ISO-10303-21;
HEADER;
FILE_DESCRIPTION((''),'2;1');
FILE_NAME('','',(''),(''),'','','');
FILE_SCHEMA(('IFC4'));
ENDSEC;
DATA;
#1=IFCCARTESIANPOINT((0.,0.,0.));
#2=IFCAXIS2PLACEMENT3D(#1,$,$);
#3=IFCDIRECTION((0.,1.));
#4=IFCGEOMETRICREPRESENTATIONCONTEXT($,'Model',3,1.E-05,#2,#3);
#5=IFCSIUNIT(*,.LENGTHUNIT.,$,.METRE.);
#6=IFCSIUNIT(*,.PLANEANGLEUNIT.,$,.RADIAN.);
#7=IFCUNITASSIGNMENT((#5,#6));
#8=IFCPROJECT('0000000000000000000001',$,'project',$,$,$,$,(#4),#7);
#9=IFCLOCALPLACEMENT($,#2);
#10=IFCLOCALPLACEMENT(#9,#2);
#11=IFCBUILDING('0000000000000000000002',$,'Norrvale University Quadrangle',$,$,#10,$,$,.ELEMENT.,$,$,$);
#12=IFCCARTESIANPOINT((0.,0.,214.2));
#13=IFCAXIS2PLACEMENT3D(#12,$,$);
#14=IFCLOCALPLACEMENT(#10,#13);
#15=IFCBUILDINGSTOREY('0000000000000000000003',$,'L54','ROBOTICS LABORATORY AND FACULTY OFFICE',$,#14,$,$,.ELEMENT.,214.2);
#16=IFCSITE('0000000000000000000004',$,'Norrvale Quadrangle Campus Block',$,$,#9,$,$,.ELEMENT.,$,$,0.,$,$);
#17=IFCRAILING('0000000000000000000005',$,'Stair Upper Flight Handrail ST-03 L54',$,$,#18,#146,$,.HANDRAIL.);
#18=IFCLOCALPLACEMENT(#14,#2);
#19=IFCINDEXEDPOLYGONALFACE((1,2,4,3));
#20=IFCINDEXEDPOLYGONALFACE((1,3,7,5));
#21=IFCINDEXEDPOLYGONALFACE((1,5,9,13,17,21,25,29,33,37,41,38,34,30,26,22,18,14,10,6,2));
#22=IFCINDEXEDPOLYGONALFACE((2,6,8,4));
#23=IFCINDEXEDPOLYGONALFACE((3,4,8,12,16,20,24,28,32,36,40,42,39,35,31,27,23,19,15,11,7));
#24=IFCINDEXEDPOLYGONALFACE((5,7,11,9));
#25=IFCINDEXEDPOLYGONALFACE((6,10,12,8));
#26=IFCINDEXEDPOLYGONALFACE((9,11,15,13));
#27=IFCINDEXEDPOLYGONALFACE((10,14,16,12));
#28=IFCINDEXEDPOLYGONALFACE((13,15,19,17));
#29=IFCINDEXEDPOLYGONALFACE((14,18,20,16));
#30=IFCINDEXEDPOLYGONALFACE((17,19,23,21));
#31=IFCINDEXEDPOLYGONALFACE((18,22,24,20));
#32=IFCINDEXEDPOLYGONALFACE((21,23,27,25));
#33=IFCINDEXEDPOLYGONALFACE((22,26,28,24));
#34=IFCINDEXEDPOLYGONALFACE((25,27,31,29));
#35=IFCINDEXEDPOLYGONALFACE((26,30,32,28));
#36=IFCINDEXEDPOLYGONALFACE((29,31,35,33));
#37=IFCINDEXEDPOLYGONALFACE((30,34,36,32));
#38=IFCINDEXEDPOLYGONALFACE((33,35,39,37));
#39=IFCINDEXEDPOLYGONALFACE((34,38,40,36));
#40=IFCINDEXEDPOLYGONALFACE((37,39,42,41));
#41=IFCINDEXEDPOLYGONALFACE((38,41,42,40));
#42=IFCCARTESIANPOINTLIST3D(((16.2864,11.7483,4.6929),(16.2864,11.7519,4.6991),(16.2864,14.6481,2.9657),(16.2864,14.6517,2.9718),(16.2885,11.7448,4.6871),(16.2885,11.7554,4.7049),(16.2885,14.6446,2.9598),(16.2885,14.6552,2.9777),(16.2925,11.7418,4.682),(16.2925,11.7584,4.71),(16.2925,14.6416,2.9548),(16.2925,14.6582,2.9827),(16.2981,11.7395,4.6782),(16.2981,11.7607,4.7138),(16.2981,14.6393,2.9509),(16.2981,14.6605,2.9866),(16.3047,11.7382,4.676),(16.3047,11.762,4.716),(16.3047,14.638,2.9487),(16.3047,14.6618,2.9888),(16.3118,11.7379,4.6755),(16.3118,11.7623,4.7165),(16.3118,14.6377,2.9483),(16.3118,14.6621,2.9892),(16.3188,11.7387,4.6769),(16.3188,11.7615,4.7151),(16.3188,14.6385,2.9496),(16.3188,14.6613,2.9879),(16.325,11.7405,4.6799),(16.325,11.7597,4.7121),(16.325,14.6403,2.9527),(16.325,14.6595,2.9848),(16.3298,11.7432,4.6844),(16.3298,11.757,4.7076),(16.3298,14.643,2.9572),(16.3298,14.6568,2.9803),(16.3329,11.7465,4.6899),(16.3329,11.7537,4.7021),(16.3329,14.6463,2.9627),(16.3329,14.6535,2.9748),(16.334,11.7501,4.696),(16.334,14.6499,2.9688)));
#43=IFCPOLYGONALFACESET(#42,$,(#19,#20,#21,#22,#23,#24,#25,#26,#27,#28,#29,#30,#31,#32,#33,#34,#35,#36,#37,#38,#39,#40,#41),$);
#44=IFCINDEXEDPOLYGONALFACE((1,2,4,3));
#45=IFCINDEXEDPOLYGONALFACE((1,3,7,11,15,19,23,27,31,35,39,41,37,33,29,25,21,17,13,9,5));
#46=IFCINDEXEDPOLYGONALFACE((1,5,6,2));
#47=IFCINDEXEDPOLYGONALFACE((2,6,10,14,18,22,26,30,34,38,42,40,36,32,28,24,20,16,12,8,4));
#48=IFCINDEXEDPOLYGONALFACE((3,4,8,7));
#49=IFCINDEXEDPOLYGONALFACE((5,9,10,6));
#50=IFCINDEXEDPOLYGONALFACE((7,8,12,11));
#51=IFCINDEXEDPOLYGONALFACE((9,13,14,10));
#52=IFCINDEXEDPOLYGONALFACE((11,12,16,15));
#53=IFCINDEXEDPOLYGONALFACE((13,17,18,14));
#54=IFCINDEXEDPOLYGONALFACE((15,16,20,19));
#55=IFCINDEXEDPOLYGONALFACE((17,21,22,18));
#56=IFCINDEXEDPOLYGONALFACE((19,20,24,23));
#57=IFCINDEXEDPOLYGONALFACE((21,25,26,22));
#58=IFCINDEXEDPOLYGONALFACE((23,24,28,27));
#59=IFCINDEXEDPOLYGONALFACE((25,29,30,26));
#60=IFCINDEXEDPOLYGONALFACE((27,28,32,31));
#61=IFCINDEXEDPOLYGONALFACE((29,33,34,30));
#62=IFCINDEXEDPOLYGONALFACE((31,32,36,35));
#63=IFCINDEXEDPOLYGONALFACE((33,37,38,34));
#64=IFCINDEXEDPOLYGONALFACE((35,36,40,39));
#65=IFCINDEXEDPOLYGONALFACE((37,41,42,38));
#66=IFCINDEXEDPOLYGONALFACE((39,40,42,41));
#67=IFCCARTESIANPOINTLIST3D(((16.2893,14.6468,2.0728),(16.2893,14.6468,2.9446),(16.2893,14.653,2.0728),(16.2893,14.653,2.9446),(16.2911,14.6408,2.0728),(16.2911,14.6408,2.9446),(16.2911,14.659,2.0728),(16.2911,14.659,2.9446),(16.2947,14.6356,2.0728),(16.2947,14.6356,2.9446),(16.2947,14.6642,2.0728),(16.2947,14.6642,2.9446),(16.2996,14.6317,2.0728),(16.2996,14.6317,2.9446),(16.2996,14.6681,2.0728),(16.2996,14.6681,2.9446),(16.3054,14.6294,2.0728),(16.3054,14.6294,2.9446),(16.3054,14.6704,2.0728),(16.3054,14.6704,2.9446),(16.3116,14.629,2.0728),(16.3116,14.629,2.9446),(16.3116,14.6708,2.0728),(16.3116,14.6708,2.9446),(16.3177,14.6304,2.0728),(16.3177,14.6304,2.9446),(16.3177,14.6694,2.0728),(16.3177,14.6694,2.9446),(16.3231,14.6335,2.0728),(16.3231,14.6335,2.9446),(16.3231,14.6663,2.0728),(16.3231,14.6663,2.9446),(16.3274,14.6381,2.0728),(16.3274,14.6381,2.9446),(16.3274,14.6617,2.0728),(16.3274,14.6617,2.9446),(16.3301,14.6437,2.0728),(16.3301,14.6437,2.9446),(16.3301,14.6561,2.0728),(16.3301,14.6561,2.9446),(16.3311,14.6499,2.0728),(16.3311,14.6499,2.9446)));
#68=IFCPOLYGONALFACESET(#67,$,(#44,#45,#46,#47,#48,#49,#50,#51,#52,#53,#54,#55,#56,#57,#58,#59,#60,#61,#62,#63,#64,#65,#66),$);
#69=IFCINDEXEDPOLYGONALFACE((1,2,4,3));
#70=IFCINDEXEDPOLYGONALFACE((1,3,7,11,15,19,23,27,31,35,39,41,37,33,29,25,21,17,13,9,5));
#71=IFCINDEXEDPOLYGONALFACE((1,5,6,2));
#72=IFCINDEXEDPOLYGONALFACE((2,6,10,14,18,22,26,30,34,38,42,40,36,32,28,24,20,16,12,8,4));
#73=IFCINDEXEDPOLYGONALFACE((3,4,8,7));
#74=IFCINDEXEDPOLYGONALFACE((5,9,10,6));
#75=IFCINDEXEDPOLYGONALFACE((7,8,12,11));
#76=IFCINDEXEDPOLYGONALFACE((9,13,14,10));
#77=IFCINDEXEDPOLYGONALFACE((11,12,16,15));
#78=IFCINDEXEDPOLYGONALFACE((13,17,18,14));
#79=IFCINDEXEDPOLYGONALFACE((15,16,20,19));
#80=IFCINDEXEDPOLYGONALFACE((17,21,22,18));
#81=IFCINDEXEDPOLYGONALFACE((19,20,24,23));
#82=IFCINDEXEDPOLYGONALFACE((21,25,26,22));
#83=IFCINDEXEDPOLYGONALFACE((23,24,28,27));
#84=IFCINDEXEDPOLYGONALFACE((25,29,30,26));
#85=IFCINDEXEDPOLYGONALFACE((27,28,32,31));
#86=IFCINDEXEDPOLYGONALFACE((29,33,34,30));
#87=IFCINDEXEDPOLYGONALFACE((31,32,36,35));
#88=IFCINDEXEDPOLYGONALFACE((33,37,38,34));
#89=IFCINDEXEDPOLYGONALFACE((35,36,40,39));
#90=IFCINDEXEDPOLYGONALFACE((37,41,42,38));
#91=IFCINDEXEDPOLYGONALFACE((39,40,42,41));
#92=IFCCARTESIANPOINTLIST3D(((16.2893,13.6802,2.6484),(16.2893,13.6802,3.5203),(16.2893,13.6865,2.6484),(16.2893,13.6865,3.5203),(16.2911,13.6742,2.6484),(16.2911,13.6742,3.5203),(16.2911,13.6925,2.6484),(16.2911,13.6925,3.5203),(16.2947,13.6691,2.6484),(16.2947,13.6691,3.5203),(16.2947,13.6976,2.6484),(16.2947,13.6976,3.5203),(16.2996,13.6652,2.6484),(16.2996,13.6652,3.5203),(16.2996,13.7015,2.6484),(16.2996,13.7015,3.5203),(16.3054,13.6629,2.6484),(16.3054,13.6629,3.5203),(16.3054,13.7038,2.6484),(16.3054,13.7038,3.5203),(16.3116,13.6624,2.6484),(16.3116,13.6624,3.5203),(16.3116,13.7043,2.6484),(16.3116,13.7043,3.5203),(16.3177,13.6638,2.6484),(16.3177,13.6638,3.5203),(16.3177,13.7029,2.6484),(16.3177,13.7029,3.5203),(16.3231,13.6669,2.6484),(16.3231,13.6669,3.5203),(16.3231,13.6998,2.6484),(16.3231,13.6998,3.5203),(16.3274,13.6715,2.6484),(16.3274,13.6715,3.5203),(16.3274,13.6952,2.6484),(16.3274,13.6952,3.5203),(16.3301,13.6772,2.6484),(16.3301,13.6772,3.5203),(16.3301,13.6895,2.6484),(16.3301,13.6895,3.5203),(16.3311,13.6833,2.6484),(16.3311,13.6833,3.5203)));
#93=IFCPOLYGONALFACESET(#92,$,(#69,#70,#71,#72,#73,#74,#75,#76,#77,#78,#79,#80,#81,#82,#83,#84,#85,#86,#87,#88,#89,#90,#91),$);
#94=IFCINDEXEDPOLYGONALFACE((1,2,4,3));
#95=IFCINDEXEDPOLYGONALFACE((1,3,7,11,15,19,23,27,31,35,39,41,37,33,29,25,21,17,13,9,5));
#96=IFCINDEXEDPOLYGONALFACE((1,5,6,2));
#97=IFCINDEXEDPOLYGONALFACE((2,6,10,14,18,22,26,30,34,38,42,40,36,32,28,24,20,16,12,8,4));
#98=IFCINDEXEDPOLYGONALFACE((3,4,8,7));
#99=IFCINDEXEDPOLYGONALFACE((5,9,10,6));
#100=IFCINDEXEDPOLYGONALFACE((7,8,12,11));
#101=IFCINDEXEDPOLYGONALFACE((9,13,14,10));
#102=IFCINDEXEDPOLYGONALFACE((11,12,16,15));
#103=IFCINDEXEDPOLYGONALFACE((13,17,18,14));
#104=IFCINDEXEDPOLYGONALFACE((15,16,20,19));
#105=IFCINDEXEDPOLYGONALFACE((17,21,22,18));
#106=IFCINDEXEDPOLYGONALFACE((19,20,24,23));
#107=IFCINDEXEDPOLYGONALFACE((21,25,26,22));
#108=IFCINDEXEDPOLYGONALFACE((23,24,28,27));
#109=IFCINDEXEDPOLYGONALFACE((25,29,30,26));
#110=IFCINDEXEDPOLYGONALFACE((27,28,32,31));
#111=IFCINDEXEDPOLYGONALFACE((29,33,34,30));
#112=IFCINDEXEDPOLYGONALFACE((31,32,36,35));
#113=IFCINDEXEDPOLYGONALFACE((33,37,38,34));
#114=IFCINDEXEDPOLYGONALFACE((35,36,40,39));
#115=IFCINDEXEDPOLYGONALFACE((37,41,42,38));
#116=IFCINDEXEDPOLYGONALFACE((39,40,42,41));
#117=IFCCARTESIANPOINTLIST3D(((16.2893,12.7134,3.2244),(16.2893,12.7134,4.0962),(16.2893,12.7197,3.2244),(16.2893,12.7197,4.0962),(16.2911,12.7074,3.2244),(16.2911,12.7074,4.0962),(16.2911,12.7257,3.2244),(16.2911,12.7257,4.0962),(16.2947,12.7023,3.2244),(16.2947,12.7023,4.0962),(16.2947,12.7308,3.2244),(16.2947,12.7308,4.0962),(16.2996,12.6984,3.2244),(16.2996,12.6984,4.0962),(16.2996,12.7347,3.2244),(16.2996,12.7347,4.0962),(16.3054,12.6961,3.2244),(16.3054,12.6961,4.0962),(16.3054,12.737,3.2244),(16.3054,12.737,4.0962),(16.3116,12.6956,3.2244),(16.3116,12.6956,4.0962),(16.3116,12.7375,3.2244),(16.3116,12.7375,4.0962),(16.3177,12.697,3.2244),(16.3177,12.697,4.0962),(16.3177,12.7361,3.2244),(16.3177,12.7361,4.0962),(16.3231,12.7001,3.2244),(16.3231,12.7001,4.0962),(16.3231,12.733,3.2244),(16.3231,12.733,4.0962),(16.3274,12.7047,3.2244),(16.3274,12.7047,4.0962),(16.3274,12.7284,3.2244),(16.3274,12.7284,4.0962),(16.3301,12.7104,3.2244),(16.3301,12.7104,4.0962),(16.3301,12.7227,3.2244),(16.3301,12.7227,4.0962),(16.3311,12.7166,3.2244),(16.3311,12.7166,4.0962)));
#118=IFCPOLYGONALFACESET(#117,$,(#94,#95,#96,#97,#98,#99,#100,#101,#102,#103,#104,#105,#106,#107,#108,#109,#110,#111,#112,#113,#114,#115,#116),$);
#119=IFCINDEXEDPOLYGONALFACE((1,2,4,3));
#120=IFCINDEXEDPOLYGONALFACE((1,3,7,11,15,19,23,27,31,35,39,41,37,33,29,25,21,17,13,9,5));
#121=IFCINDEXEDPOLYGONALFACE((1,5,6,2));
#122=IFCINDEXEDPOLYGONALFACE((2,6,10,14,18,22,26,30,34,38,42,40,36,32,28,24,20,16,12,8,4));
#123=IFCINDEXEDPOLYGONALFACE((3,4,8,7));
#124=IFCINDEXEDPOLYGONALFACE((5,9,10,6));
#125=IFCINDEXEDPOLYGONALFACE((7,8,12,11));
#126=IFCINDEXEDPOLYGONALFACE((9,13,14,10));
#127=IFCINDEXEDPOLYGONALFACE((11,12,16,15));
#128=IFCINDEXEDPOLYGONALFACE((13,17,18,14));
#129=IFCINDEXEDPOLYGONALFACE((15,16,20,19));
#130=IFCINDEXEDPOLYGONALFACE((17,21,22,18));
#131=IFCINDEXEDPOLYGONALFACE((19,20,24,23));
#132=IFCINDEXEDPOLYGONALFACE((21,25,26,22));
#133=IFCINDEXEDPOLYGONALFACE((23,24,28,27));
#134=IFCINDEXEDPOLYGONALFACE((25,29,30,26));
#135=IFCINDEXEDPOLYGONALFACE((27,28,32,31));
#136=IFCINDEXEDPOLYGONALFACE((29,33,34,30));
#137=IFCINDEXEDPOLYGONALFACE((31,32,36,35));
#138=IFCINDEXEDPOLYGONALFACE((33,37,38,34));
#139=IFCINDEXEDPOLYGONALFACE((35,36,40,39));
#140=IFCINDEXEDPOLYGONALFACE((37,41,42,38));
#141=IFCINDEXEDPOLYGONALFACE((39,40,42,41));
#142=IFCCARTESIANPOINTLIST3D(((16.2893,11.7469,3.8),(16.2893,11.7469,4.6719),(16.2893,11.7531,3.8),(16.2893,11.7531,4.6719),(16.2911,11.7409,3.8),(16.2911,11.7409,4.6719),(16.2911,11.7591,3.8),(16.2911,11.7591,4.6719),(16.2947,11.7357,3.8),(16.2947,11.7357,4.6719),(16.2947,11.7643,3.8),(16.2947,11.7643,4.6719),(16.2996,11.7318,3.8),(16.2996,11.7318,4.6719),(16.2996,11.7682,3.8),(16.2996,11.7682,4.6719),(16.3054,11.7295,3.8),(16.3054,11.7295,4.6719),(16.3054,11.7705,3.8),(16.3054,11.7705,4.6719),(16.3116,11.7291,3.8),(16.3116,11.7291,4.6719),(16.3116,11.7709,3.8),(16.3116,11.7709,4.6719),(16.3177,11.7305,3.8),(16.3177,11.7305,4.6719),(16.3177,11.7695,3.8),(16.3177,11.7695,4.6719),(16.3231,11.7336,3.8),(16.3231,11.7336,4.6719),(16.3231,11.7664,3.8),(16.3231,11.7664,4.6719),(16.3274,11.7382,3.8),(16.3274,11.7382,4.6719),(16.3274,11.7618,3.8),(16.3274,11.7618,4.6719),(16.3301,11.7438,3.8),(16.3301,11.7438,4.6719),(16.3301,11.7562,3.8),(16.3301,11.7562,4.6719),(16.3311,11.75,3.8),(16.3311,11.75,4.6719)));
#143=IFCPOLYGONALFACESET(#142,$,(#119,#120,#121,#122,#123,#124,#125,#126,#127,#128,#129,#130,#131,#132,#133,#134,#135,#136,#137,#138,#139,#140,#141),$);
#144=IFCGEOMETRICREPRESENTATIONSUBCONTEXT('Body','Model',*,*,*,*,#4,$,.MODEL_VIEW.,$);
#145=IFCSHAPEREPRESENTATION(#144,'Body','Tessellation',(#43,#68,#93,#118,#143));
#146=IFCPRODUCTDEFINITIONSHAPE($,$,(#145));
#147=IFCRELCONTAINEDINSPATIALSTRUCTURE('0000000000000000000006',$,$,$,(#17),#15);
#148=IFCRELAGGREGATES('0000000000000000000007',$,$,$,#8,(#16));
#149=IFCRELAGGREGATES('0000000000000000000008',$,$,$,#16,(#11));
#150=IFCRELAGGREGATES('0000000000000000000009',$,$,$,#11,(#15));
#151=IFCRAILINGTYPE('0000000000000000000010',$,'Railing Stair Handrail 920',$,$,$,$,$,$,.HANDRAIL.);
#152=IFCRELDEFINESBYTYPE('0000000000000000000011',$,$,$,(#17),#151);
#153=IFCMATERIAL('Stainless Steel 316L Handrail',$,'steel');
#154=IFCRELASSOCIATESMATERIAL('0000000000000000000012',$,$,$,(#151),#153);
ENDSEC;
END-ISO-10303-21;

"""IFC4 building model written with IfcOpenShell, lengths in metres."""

from ifc_helpers import new_model, si_unit, direction, frame, origin, origin_2d, place, context, subcontext, project, spatial, circle, extrude, material, type_object, element, save


model = new_model("IFC4")

# Units and contexts
model_context = context("Model", 3, precision=1e-05, world=origin(), true_north=direction((0.0, 1.0)))
body_context = subcontext(model_context, "Body", "Model", "MODEL_VIEW")
ifc_project = project(units=[si_unit("LENGTHUNIT", "METRE"), si_unit("PLANEANGLEUNIT", "RADIAN")], contexts=[model_context])

# Site, building, storey
site_placement = place(None, origin())
site = spatial("IfcSite", under=ifc_project, at=site_placement, Name="Norrvale Quadrangle Campus Block", CompositionType="ELEMENT", RefElevation=0.0)
building_placement = place(site_placement, origin())
building = spatial("IfcBuilding", under=site, at=building_placement, Name="Norrvale University Quadrangle", CompositionType="ELEMENT")
storey_placement = place(building_placement, frame((0.0, 0.0, 214.2)))
storey = spatial("IfcBuildingStorey", under=building, at=storey_placement, Name="L54", Description="ROBOTICS LABORATORY AND FACULTY OFFICE", CompositionType="ELEMENT", Elevation=214.2)

# Railing
ifc_material_1 = material(Name="Stainless Steel 316L Handrail", Category="steel")
railing_type_1 = type_object("IfcRailingType", Name="Railing Stair Handrail 920", PredefinedType="HANDRAIL", material=ifc_material_1)
railing_1_placement = place(storey_placement, frame((16.3101, 14.6499, 2.0728)))
element("IfcRailing", 1, at=railing_1_placement, inside=storey, type_object=railing_type_1, Name="Stair Upper Flight Handrail ST-03 L54", PredefinedType="HANDRAIL", context=body_context, shape_type="SweptSolid", body=[
    extrude(circle(Radius=0.0239, at=origin_2d()), frame((0.0, 0.0, 0.896), z_axis=(0.0, -0.859141, 0.511738), x_axis=(1.0, 0.0, 0.0)), (0.0, 0.0, 1.0), 3.3752),
    extrude(circle(Radius=0.021, at=origin_2d()), origin(), (0.0, 0.0, 1.0), 0.8718),
    extrude(circle(Radius=0.021, at=origin_2d()), frame((0.0, -0.9666, 0.5757)), (0.0, 0.0, 1.0), 0.8718),
    extrude(circle(Radius=0.021, at=origin_2d()), frame((0.0, -1.9333, 1.1516)), (0.0, 0.0, 1.0), 0.8718),
    extrude(circle(Radius=0.021, at=origin_2d()), frame((0.0, -2.8999, 1.7273)), (0.0, 0.0, 1.0), 0.8718),
])

save(model, "model.ifc")
